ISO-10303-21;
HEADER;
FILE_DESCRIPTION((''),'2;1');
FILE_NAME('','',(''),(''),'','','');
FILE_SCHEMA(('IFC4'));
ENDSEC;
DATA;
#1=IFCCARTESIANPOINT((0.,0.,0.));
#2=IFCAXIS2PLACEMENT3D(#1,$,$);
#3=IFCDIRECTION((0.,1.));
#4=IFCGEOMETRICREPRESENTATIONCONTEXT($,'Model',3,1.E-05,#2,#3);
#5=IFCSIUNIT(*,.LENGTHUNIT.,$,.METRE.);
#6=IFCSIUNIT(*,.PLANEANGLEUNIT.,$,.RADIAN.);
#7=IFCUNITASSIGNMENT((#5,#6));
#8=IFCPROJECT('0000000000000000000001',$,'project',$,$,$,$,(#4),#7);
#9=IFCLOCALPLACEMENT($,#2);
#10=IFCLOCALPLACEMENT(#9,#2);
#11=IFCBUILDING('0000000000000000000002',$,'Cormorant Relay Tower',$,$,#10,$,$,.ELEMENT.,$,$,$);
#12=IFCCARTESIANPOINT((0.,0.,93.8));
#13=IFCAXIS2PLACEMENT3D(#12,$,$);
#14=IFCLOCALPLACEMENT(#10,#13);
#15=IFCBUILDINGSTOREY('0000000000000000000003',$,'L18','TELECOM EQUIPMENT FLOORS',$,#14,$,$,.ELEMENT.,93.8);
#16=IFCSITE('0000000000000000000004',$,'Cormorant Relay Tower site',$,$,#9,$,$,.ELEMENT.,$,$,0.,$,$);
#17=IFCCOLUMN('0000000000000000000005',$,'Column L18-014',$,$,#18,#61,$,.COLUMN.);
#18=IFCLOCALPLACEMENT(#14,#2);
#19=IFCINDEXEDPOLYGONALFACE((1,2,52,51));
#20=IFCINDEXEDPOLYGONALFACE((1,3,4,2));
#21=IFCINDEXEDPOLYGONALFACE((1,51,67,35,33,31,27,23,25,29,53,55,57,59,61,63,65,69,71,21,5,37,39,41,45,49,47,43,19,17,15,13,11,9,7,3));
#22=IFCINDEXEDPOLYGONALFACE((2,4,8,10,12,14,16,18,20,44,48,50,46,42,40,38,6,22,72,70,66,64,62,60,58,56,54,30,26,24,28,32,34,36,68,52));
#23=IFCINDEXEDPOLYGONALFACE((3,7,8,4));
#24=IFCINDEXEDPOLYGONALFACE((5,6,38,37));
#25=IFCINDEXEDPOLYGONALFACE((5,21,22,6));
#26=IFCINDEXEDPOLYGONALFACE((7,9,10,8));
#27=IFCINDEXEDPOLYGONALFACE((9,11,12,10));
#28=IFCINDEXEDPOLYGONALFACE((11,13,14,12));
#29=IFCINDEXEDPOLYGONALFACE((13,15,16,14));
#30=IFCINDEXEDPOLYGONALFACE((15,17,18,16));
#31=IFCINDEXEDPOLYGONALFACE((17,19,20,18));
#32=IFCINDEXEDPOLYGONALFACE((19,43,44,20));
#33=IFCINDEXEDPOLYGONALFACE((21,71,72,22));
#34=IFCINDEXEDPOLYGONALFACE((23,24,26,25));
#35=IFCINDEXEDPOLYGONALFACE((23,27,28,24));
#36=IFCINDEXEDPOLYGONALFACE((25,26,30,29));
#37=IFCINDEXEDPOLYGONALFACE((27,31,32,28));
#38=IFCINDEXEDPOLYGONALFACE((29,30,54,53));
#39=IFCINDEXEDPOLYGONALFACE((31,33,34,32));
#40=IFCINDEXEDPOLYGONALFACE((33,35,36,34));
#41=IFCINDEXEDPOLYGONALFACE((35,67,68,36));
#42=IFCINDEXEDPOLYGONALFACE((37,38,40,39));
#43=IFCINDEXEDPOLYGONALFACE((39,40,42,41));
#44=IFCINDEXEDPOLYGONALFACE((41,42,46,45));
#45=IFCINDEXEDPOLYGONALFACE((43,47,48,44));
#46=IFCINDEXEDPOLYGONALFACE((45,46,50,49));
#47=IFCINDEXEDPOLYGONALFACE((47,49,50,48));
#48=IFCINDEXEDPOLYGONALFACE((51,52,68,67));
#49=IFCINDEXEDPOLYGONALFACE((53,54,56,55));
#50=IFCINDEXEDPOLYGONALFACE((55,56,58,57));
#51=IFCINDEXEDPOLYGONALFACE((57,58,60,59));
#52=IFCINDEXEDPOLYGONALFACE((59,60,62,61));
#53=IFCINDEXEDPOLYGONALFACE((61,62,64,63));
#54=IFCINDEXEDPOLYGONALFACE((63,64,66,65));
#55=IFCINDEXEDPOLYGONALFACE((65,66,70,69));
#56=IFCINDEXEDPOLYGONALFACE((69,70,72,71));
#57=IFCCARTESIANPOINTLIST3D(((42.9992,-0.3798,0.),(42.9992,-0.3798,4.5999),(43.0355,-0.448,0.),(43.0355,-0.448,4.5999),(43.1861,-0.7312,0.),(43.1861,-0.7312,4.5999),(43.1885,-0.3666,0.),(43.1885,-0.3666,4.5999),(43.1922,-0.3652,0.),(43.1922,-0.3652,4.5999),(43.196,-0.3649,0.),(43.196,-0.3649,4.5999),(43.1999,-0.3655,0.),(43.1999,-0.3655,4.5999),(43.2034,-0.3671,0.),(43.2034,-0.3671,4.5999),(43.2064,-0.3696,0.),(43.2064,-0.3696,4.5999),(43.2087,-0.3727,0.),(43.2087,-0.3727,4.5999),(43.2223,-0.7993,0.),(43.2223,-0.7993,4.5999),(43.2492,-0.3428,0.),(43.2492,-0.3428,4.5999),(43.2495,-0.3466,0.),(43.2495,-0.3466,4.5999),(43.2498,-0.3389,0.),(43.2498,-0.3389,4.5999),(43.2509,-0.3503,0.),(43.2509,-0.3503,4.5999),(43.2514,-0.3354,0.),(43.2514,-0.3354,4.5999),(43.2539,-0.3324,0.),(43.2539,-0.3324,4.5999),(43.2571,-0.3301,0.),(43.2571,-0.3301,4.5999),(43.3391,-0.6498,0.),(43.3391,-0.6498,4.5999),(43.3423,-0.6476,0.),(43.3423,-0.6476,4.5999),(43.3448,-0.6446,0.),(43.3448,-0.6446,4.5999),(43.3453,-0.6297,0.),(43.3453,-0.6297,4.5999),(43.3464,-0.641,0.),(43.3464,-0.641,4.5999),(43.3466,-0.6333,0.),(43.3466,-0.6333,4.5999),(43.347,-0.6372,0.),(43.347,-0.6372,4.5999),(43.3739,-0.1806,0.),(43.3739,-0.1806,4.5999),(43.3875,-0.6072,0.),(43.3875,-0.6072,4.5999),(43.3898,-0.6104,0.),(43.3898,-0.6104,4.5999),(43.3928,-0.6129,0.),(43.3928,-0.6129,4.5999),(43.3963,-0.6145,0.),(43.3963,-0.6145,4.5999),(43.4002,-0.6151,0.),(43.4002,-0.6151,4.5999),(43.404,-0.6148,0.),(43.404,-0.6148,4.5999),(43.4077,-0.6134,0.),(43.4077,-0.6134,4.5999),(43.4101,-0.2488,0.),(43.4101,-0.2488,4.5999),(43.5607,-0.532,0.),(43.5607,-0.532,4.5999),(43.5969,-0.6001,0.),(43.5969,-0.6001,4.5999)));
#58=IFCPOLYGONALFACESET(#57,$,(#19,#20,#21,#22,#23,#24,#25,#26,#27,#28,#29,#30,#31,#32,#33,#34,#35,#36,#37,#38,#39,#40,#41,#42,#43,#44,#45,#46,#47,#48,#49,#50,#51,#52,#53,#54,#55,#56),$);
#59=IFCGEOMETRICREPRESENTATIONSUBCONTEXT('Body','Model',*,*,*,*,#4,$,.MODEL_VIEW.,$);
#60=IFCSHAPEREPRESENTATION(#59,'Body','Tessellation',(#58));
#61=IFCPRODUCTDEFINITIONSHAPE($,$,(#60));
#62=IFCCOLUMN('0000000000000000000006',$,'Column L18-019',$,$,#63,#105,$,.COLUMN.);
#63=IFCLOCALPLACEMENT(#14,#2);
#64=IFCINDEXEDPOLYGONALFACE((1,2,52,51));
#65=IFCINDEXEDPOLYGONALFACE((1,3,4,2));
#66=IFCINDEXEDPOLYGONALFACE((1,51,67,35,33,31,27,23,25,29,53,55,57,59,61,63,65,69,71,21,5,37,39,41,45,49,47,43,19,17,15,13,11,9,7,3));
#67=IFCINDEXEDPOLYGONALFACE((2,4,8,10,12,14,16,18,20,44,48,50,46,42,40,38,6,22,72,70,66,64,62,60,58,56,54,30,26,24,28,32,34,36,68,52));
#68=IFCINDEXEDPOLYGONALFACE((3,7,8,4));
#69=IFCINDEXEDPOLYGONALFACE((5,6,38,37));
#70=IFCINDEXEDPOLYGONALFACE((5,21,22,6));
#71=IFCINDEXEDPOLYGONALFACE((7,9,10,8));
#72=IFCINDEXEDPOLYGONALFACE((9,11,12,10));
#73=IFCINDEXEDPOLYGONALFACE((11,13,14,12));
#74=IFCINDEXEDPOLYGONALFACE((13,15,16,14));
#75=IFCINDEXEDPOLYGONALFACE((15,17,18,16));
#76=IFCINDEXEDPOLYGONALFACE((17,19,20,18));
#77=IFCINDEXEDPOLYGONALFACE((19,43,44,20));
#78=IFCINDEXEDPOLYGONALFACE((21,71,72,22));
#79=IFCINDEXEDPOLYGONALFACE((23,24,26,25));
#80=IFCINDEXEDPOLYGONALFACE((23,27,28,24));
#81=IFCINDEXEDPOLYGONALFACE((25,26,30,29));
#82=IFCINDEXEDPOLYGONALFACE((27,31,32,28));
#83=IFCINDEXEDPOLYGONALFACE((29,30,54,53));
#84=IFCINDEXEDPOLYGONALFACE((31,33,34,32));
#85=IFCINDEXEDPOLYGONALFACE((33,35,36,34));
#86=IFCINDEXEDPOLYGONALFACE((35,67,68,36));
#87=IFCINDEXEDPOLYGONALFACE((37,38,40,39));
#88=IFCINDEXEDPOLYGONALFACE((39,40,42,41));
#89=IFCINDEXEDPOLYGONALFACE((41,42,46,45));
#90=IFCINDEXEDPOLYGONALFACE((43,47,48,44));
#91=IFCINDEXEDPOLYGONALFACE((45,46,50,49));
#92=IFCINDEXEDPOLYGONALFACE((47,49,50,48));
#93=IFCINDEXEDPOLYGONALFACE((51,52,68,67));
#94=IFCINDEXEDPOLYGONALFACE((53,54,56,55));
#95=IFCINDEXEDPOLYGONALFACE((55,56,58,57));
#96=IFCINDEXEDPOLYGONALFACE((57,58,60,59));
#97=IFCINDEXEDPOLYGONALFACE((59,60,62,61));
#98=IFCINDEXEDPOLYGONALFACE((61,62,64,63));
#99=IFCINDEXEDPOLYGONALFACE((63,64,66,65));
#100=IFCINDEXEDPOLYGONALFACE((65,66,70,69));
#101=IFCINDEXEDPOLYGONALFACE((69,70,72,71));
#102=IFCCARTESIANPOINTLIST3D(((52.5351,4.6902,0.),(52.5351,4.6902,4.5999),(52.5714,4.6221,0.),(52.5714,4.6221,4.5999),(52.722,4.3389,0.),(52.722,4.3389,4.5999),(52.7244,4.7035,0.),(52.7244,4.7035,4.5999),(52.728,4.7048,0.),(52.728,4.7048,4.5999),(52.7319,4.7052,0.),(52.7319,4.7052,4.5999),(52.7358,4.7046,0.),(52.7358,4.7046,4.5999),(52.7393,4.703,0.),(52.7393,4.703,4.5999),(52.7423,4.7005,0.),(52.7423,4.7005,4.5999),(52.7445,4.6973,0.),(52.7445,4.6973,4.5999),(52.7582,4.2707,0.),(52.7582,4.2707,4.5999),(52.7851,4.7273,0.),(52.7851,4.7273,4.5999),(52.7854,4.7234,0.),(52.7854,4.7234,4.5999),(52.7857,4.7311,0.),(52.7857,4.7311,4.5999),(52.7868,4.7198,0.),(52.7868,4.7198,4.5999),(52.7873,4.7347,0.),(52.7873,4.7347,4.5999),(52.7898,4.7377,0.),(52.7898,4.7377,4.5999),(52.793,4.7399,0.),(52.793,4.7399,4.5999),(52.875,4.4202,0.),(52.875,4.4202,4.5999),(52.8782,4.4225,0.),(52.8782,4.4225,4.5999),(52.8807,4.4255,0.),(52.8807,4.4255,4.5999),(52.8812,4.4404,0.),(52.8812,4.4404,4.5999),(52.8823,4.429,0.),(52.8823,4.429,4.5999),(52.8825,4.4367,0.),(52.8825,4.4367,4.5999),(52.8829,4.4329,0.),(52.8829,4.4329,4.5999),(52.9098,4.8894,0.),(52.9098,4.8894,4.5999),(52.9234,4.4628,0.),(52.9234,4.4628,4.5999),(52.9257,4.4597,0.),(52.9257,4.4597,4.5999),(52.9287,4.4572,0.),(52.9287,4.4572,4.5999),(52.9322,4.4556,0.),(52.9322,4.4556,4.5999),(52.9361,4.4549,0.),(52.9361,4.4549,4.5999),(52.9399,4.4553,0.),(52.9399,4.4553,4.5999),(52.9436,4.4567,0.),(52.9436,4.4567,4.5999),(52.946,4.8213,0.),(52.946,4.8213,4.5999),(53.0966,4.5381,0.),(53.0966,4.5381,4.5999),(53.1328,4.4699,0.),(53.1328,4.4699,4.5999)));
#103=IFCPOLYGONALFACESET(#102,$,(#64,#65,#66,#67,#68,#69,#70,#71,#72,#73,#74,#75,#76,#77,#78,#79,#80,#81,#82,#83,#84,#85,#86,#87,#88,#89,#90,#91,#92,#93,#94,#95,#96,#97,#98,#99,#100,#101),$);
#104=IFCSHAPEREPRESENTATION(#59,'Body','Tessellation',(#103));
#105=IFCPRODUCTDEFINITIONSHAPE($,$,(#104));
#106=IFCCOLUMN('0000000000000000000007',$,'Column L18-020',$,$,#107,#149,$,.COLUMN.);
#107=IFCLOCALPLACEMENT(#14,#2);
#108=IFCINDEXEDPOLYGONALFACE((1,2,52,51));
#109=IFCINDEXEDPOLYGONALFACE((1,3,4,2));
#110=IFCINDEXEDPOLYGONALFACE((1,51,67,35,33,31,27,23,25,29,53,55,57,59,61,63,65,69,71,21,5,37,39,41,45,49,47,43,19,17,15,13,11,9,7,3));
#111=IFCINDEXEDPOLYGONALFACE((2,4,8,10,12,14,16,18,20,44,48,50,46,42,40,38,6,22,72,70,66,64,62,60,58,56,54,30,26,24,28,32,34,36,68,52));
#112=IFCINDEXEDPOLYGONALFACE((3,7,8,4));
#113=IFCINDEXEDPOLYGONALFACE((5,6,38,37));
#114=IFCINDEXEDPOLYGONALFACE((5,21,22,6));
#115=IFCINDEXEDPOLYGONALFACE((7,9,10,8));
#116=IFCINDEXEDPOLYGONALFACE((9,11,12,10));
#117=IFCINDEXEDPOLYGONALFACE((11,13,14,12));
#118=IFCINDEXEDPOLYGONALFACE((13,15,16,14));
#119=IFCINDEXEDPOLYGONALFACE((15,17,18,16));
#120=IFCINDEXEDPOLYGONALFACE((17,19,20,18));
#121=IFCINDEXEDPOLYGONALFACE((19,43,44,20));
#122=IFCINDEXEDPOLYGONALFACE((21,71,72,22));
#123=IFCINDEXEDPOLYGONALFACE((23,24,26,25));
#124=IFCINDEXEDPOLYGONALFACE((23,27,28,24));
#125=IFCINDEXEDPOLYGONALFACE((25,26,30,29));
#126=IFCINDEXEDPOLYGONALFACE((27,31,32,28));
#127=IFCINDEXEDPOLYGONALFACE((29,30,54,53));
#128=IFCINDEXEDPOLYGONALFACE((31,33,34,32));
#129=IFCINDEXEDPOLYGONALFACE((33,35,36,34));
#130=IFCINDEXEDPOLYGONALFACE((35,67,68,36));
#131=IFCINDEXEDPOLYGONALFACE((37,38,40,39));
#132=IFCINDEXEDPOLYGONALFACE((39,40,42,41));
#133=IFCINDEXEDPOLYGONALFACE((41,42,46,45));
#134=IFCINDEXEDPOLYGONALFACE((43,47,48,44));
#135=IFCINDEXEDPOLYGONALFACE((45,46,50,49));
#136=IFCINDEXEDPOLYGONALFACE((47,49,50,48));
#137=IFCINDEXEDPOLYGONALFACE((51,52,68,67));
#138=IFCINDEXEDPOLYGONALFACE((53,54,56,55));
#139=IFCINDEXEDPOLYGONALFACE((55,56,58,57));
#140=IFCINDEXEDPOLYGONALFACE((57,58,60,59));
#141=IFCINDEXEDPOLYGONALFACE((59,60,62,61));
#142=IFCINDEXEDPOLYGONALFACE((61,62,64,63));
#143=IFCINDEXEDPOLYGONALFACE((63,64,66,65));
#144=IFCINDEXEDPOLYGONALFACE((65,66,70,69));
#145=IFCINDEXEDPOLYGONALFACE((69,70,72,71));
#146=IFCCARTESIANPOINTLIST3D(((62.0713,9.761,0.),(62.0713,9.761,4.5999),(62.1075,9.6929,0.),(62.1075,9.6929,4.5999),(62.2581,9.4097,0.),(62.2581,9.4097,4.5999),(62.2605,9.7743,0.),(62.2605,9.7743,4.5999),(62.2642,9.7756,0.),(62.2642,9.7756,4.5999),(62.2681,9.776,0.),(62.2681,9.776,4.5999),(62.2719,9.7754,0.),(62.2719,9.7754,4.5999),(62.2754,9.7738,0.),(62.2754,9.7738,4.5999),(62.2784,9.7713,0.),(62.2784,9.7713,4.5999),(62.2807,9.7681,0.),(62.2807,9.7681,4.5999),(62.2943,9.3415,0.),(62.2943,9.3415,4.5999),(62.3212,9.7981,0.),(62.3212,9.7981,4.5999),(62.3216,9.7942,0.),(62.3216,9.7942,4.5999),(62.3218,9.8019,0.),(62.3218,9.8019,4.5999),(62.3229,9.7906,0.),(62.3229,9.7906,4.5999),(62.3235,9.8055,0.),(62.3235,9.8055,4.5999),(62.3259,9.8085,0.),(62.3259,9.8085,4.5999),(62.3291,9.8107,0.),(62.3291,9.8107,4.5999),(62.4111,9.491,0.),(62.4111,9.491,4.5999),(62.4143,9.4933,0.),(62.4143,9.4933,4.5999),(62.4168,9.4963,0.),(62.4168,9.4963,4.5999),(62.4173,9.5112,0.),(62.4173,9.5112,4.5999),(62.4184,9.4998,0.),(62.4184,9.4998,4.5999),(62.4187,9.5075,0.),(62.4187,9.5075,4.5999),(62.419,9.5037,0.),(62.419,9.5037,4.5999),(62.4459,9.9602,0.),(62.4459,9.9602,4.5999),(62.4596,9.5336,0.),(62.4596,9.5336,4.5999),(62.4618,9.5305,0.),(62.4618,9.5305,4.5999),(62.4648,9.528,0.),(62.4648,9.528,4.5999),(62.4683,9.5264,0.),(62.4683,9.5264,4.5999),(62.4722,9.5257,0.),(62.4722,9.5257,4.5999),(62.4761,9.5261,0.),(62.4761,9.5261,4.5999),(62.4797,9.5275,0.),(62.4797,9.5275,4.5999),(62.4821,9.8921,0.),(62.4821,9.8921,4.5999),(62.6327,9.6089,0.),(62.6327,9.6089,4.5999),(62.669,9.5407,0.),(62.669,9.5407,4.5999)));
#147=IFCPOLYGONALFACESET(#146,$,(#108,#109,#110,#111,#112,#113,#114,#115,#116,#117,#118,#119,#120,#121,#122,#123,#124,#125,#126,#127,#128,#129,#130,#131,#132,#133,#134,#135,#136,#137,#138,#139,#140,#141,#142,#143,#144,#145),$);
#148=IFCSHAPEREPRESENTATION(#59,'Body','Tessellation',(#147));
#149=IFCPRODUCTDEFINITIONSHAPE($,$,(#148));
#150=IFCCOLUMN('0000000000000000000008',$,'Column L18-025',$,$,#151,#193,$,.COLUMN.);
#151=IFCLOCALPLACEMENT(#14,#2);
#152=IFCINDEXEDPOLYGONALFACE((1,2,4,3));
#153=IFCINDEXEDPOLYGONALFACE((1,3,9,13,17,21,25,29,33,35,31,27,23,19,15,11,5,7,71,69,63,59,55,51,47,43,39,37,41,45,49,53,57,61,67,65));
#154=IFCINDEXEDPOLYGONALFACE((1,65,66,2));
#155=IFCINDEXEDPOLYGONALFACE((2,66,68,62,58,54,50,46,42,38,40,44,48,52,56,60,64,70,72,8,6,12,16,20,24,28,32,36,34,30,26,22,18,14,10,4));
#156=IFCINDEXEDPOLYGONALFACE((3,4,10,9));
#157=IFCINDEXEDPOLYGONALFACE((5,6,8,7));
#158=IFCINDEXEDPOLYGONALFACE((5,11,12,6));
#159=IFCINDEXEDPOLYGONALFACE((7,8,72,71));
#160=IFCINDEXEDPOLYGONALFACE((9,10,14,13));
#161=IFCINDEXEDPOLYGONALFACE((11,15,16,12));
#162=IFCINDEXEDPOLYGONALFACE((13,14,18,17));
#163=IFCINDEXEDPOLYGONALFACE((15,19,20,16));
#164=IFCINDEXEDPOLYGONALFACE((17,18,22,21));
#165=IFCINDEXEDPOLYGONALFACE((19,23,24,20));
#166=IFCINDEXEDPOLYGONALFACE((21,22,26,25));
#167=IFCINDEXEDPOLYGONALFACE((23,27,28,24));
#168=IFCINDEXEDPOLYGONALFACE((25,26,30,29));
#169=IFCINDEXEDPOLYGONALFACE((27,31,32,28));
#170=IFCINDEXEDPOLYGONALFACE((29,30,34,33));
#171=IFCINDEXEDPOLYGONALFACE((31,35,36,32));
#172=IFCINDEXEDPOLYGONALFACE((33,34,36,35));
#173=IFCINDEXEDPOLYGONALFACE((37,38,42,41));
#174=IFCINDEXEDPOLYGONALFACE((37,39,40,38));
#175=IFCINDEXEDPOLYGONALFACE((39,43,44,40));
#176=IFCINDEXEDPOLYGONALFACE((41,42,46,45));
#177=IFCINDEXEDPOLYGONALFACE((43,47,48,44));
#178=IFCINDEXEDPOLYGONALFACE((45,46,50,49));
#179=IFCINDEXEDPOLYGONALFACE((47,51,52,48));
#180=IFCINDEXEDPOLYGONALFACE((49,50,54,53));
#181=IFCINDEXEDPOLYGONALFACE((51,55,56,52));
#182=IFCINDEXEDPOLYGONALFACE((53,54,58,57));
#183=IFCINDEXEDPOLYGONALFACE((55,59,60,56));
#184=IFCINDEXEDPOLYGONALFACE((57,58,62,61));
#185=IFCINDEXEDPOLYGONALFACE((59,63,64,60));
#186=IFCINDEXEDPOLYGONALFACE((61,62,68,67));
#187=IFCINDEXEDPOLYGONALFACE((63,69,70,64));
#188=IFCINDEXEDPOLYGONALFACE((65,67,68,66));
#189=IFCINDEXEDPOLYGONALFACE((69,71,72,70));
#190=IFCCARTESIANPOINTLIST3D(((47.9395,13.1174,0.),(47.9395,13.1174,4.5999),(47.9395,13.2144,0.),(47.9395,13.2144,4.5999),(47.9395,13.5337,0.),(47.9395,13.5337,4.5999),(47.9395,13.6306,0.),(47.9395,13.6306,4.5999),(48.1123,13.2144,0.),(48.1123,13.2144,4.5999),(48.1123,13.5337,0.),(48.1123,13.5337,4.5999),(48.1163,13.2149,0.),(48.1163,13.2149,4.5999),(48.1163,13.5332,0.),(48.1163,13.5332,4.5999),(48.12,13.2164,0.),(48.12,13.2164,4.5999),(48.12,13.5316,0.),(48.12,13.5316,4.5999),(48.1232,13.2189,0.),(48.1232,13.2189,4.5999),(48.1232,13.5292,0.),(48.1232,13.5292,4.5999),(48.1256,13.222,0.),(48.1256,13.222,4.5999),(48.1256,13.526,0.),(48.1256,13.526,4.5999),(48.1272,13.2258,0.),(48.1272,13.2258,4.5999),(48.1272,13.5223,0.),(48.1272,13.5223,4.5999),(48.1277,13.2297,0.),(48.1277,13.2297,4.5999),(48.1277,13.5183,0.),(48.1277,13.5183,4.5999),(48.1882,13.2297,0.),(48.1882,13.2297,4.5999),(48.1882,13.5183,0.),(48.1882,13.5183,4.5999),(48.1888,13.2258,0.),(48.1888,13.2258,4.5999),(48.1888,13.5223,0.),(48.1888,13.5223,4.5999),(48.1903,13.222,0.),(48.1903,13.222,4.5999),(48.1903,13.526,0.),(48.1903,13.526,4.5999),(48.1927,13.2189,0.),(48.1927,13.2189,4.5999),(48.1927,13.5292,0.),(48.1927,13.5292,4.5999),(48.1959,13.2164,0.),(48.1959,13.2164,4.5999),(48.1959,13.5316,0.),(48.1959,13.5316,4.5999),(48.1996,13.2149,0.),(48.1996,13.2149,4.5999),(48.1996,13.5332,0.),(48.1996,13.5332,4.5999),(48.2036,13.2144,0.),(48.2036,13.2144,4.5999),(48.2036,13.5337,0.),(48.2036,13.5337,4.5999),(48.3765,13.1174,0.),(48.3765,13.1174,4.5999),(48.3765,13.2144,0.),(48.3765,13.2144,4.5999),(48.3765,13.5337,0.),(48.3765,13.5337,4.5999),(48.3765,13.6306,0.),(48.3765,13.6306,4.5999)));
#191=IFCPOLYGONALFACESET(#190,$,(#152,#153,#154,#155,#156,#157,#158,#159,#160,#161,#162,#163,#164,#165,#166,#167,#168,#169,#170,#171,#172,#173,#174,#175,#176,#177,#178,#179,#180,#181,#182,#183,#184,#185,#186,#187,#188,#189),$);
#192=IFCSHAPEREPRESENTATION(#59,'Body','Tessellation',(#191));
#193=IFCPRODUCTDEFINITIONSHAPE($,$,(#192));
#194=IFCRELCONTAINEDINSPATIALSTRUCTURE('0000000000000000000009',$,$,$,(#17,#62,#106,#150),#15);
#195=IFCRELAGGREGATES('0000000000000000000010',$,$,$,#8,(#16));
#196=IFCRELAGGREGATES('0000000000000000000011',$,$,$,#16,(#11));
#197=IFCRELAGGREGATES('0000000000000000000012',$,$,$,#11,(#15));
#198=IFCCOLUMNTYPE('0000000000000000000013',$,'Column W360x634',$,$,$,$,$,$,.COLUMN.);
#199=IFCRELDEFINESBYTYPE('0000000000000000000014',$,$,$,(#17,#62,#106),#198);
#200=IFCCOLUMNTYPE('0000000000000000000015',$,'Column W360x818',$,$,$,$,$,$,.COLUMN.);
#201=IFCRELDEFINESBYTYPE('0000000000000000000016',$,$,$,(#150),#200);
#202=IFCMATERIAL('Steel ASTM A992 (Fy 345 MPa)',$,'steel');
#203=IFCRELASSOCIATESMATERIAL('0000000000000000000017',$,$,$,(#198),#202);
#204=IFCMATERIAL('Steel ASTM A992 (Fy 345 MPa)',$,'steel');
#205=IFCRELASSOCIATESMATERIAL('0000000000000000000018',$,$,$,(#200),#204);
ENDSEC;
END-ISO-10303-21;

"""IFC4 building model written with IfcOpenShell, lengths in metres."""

from ifc_helpers import new_model, si_unit, direction, frame, origin, origin_2d, place, context, subcontext, project, spatial, i_section, extrude, material, material_profile, profile_set, type_object, element, save


model = new_model("IFC4")

# Units and contexts
model_context = context("Model", 3, precision=1e-05, world=origin(), true_north=direction((0.0, 1.0)))
body_context = subcontext(model_context, "Body", "Model", "MODEL_VIEW")
ifc_project = project(units=[si_unit("LENGTHUNIT", "METRE"), si_unit("PLANEANGLEUNIT", "RADIAN")], contexts=[model_context])

# Site, building, storey
site_placement = place(None, origin())
site = spatial("IfcSite", under=ifc_project, at=site_placement, Name="Cormorant Relay Tower site", CompositionType="ELEMENT", RefElevation=0.0)
building_placement = place(site_placement, origin())
building = spatial("IfcBuilding", under=site, at=building_placement, Name="Cormorant Relay Tower", CompositionType="ELEMENT")
storey_placement = place(building_placement, frame((0.0, 0.0, 93.8)))
storey = spatial("IfcBuildingStorey", under=building, at=storey_placement, Name="L18", Description="TELECOM EQUIPMENT FLOORS", CompositionType="ELEMENT", Elevation=93.8)

# Columns
ifc_material_1 = material(Name="Steel ASTM A992 (Fy 345 MPa)", Category="steel")
ifc_material_profile_1 = material_profile(ifc_material_1, i_section(OverallWidth=0.4243, OverallDepth=0.4751, WebThickness=0.0479, FlangeThickness=0.0771, FilletRadius=0.0149, at=origin_2d()), Name="W360x634")
ifc_profile_set_1 = profile_set([ifc_material_profile_1], Name="Steel ASTM A992 (Fy 345 MPa)")
column_type_1 = type_object("IfcColumnType", Name="Column W360x634", PredefinedType="COLUMN", material=ifc_profile_set_1)
for number, where, z_axis, x_axis, name in (
    (1, (43.2981, -0.49, 0.0), (0.0, 0.0, 1.0), (0.882948, 0.469472, 0.0), "Column L18-014"),
    (2, (52.834, 4.5801, 0.0), (0.0, 0.0, 1.0), (0.882948, 0.469472, 0.0), "Column L18-019"),
    (3, (62.3701, 9.6509, 0.0), (0.0, 0.0, 1.0), (0.882948, 0.469472, 0.0), "Column L18-020"),
):
    element("IfcColumn", number, at=place(storey_placement, frame(where, z_axis=z_axis, x_axis=x_axis)), inside=storey, type_object=column_type_1, Name=name, PredefinedType="COLUMN", context=body_context, shape_type="SweptSolid", body=[
        extrude(i_section(OverallWidth=0.4243, OverallDepth=0.4751, WebThickness=0.0479, FlangeThickness=0.0771, FilletRadius=0.0149, at=origin_2d()), origin(), (0.0, 0.0, 1.0), 4.5999),
    ])
ifc_material_2 = material(Name="Steel ASTM A992 (Fy 345 MPa)", Category="steel")
ifc_material_profile_2 = material_profile(ifc_material_2, i_section(OverallWidth=0.437, OverallDepth=0.5132, WebThickness=0.0605, FlangeThickness=0.0969, FilletRadius=0.0154, at=origin_2d()), Name="W360x818")
ifc_profile_set_2 = profile_set([ifc_material_profile_2], Name="Steel ASTM A992 (Fy 345 MPa)")
column_type_2 = type_object("IfcColumnType", Name="Column W360x818", PredefinedType="COLUMN", material=ifc_profile_set_2)
for number, where, z_axis, x_axis, name in (
    (4, (48.158, 13.374, 0.0), (0.0, 0.0, 1.0), (1.0, 0.0, 0.0), "Column L18-025"),
):
    element("IfcColumn", number, at=place(storey_placement, frame(where, z_axis=z_axis, x_axis=x_axis)), inside=storey, type_object=column_type_2, Name=name, PredefinedType="COLUMN", context=body_context, shape_type="SweptSolid", body=[
        extrude(i_section(OverallWidth=0.437, OverallDepth=0.5132, WebThickness=0.0605, FlangeThickness=0.0969, FilletRadius=0.0154, at=origin_2d()), origin(), (0.0, 0.0, 1.0), 4.5999),
    ])

save(model, "model.ifc")
